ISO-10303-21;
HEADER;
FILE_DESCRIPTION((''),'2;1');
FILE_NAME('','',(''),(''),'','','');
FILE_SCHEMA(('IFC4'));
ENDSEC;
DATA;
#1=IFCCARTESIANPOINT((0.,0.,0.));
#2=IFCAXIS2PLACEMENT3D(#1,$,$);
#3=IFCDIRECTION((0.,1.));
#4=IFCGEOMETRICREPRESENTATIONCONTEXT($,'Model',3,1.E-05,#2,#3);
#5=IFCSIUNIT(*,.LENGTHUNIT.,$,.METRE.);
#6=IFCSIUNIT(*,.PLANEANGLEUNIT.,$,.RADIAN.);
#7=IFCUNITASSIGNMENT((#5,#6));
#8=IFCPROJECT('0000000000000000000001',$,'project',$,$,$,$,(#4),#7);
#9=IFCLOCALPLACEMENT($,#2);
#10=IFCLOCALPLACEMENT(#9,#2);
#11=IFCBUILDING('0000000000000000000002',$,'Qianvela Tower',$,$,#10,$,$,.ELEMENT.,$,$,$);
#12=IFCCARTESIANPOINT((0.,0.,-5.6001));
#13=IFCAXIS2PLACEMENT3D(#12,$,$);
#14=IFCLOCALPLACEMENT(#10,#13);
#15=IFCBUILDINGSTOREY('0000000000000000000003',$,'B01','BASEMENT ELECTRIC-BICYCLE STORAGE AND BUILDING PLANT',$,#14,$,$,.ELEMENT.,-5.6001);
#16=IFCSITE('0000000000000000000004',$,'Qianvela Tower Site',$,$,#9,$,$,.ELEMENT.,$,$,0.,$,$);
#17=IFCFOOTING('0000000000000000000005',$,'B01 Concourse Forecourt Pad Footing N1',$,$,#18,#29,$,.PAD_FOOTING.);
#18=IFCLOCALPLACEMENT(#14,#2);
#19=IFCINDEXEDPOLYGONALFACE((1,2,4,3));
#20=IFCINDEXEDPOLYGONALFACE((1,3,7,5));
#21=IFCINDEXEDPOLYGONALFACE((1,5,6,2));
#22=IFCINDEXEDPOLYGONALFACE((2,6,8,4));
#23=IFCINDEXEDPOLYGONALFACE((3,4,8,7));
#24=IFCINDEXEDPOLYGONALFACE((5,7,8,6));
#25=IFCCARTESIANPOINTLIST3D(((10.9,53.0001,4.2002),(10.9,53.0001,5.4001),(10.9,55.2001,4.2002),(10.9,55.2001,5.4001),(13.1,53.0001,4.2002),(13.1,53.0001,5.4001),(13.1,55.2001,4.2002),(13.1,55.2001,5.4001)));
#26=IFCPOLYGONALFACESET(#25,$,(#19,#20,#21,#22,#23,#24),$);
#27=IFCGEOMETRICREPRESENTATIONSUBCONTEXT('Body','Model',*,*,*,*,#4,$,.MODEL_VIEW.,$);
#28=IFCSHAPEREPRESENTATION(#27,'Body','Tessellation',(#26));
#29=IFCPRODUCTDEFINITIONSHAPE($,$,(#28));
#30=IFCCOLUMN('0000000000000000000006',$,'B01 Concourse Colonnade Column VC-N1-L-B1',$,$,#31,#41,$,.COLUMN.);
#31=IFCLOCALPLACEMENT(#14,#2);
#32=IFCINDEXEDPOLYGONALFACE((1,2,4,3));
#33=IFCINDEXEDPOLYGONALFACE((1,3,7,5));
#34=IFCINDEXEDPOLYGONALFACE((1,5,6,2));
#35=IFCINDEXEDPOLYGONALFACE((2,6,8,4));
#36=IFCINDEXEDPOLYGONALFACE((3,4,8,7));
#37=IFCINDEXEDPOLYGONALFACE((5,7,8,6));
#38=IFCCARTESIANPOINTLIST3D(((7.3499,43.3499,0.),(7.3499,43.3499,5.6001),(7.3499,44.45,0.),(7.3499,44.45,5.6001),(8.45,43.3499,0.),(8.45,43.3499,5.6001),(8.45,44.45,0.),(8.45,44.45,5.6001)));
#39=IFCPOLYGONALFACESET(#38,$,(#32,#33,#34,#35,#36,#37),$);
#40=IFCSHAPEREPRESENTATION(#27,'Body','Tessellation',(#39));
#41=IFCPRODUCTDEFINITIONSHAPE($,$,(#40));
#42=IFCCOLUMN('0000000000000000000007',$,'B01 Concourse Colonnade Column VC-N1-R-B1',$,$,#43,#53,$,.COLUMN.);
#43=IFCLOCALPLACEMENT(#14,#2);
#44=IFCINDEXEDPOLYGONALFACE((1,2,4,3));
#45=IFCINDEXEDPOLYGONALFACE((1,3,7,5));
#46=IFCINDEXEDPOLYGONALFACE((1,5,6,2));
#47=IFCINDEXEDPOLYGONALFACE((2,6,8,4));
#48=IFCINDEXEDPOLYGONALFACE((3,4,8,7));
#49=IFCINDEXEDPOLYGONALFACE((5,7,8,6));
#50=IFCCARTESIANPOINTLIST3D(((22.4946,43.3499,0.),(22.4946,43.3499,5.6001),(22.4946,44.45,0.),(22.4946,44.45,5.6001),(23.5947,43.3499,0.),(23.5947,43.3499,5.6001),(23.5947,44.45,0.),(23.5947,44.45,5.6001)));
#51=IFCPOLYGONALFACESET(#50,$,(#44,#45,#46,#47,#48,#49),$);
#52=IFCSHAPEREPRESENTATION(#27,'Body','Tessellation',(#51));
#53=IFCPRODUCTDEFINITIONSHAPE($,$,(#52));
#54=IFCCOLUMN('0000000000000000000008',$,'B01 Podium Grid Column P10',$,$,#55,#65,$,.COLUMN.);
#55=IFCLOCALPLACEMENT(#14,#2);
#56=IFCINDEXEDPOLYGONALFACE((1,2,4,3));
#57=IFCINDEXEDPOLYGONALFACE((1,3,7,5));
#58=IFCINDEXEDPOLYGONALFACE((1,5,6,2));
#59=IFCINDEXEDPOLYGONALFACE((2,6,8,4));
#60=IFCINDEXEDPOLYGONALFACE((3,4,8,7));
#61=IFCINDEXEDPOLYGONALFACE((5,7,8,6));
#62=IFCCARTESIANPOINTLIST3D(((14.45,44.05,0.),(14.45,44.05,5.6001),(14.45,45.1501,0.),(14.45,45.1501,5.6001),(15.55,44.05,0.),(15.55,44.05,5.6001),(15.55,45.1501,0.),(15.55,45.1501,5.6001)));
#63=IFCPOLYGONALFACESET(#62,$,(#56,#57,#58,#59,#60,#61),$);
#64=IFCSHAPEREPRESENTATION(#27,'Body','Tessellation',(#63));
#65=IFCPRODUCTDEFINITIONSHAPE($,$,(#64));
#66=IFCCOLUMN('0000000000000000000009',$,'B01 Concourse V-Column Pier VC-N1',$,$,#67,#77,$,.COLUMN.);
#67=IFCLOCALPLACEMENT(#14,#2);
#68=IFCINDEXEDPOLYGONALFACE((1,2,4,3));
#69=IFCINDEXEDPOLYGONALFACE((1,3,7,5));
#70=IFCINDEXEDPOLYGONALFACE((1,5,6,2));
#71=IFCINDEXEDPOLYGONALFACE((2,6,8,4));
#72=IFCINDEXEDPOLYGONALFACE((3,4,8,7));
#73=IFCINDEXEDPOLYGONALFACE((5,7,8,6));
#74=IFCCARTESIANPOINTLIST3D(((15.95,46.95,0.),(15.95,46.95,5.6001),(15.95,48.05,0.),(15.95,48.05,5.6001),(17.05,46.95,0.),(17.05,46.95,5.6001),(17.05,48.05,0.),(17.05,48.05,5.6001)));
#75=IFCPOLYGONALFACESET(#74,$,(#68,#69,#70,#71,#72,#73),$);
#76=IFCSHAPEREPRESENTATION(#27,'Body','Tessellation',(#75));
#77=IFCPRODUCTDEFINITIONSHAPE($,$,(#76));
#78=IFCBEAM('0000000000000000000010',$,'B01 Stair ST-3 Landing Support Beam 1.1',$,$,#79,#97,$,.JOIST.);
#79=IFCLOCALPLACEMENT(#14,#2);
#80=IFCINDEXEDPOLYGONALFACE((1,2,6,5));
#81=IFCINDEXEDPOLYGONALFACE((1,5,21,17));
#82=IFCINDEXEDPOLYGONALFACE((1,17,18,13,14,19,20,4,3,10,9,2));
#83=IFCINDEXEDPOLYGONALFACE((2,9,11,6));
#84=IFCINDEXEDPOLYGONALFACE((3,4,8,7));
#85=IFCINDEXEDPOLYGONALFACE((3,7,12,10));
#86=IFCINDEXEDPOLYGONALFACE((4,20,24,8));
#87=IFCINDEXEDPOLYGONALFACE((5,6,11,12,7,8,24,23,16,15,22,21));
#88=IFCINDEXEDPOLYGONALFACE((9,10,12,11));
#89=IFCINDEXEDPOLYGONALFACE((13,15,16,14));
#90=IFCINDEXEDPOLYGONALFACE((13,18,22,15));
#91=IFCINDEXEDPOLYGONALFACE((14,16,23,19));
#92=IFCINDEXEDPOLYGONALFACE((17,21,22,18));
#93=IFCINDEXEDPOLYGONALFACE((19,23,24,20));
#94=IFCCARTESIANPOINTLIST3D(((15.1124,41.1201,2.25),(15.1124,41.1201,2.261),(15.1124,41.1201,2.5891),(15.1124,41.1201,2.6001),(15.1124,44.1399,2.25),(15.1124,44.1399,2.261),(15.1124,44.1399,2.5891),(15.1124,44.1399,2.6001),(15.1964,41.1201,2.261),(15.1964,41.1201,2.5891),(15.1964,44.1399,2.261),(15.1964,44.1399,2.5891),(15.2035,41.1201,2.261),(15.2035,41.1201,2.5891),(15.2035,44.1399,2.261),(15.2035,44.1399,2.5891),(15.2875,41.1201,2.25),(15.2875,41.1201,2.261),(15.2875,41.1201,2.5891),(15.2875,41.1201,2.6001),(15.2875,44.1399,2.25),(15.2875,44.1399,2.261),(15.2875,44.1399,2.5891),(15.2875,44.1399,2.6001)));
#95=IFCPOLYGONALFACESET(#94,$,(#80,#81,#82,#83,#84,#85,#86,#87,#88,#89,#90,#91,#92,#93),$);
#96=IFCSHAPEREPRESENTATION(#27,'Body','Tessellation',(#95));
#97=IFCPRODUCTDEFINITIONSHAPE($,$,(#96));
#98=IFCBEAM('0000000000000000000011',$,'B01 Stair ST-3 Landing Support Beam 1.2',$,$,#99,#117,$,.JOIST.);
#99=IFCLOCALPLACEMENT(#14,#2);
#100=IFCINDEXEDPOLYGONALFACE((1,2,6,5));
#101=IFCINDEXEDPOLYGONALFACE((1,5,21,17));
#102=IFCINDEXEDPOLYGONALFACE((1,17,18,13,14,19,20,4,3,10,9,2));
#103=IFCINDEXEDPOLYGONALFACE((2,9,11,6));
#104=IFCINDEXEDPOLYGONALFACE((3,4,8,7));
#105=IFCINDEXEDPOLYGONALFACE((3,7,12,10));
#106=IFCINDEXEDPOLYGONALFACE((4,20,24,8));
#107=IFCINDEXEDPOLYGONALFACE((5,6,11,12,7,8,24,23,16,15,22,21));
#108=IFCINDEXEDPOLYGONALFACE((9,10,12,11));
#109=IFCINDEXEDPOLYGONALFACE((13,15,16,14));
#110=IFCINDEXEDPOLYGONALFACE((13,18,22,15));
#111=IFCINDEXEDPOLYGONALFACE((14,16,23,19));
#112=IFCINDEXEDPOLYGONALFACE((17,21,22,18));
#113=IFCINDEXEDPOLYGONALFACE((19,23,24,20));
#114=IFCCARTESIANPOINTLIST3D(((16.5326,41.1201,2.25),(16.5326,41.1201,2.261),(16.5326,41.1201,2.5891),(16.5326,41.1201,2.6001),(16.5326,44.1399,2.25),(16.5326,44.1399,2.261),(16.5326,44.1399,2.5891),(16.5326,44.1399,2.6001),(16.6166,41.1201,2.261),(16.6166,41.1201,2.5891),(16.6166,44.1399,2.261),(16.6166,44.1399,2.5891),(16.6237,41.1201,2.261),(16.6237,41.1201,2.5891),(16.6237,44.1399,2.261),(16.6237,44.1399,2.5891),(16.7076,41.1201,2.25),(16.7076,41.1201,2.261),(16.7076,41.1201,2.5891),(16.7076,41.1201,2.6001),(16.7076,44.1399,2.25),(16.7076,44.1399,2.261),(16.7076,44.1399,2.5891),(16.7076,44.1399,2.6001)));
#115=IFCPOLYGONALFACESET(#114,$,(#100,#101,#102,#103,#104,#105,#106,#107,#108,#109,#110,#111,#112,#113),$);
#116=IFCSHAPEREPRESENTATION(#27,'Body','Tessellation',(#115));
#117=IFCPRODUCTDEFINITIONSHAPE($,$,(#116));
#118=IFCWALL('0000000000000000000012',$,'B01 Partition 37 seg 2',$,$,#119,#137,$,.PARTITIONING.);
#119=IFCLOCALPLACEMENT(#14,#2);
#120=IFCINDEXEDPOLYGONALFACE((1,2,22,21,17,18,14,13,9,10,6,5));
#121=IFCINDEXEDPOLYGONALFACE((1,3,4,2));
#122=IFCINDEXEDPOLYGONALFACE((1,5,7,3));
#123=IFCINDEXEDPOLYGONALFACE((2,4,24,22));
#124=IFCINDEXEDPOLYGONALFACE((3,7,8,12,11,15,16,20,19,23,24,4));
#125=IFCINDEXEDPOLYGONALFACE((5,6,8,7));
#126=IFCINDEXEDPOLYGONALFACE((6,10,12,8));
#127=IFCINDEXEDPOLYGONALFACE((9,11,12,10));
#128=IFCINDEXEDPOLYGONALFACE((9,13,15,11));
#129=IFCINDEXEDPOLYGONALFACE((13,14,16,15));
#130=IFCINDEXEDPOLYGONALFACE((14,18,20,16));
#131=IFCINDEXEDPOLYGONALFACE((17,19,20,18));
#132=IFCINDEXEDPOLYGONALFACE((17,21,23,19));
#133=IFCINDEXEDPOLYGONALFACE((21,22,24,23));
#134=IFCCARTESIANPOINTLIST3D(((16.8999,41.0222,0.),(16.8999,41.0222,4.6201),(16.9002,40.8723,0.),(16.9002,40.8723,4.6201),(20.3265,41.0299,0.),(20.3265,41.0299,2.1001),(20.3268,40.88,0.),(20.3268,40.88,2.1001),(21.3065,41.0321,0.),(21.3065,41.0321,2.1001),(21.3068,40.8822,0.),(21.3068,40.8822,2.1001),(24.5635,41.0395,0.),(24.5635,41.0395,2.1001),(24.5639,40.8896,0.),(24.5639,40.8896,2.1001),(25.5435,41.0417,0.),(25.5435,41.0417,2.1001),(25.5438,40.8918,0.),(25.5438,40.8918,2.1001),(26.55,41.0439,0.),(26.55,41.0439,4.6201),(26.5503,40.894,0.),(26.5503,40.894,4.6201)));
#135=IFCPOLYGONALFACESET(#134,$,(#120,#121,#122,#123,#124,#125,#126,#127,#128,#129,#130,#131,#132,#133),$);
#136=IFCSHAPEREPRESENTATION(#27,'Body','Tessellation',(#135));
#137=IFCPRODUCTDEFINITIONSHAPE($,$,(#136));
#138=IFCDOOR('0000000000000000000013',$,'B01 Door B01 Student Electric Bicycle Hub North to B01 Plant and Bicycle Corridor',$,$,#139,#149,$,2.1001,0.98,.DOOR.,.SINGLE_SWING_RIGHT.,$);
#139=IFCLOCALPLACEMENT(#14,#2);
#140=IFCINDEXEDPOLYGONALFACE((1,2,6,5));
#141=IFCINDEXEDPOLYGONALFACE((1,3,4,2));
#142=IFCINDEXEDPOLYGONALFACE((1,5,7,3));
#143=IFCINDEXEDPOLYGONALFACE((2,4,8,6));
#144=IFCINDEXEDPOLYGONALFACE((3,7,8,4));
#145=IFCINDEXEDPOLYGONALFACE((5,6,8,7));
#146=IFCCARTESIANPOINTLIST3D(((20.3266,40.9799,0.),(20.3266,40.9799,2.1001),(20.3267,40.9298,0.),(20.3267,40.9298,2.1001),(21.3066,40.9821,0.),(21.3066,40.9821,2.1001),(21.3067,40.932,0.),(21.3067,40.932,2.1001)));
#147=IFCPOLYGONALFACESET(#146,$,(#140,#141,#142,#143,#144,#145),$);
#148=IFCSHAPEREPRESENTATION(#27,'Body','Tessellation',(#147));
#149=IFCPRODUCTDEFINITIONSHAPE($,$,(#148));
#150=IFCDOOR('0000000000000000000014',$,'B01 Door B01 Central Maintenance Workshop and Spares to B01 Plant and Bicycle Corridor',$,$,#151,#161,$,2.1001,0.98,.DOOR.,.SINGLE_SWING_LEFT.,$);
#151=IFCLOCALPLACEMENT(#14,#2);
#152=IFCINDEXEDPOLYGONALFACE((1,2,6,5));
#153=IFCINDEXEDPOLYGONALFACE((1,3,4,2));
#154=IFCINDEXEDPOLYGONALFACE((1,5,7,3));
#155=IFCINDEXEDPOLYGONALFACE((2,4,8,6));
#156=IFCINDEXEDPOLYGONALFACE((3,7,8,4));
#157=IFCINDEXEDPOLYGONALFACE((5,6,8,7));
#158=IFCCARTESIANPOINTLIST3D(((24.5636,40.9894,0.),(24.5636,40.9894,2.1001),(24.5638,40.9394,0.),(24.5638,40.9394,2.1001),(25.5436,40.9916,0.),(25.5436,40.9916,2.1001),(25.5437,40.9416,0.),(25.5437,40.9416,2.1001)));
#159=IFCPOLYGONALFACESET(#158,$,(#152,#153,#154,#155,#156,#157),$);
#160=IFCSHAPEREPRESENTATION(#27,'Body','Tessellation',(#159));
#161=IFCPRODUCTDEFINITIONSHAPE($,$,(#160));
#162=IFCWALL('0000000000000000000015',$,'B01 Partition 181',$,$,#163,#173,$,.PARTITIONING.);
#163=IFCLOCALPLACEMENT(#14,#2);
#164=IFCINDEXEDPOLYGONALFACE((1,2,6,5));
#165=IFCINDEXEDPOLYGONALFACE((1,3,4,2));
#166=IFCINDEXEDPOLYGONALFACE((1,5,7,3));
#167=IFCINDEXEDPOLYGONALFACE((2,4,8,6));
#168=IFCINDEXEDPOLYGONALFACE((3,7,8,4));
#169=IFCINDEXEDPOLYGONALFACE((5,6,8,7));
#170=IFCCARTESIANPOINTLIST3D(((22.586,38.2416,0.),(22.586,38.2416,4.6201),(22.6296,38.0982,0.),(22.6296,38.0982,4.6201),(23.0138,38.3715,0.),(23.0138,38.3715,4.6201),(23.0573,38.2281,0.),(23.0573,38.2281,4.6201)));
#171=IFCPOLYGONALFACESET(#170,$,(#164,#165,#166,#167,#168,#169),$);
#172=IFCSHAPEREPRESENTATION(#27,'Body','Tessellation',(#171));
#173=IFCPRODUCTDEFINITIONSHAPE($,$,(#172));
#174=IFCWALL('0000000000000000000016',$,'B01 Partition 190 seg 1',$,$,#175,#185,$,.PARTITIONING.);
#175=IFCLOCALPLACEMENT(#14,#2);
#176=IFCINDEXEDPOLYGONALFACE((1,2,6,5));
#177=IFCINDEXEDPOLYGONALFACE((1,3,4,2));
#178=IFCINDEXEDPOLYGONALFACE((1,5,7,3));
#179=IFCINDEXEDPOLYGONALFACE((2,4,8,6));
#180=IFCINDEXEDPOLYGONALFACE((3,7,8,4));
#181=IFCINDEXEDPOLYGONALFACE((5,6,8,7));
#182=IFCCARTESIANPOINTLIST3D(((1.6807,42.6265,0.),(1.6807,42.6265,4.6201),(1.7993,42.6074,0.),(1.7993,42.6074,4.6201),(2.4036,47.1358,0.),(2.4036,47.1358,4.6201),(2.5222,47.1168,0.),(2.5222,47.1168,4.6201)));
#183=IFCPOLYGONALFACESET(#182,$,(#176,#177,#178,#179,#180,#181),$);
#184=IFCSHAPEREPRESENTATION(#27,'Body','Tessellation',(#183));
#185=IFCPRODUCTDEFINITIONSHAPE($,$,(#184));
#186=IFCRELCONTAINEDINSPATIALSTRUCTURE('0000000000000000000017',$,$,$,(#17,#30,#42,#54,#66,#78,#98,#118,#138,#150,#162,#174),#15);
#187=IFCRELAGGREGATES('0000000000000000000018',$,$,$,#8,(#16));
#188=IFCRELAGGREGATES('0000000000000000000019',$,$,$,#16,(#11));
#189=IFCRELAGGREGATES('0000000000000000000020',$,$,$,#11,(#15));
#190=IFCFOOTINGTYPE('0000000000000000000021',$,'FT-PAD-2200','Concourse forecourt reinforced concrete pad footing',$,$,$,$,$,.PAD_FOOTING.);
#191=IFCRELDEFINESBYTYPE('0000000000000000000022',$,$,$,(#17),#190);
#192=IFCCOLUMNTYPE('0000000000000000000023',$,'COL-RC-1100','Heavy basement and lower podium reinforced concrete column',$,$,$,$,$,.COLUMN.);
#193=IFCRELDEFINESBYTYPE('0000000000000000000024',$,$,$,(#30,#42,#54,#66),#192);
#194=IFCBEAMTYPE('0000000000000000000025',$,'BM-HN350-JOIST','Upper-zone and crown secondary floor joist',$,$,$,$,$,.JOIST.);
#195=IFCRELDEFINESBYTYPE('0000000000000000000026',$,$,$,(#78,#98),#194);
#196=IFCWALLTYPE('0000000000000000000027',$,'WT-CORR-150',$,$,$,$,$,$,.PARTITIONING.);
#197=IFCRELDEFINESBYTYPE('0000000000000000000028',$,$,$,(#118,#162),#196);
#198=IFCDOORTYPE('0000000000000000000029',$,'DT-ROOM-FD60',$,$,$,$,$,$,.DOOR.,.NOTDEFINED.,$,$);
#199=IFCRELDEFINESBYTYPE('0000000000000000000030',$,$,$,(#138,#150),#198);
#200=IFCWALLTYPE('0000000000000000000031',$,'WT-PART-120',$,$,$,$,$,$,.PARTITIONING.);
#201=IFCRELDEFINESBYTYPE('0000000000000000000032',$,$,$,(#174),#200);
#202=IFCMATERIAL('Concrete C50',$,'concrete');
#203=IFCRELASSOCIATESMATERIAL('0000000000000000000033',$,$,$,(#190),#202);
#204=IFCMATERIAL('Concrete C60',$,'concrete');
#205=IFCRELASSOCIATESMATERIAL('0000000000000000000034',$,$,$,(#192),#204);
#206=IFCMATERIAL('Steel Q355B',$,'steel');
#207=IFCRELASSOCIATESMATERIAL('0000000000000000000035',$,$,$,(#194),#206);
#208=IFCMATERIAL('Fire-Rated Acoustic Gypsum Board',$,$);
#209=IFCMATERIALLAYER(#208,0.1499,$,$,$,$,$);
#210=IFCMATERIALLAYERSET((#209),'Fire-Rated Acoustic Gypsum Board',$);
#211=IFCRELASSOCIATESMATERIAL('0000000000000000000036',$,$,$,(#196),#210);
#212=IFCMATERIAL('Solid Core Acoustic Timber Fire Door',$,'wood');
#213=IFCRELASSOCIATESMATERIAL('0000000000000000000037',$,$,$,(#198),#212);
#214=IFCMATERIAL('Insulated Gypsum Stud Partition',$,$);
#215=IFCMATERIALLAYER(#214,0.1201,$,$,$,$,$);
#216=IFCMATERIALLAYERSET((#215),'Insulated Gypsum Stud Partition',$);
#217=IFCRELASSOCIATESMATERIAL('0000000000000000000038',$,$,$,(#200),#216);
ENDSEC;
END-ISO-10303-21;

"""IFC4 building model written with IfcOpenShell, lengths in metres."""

from ifc_helpers import new_model, si_unit, direction, frame, frame_2d, origin, origin_2d, place, context, subcontext, project, spatial, rectangle, i_section, extrude, material, layer, layer_set, material_profile, profile_set, type_object, element, fill, save


model = new_model("IFC4")

# Units and contexts
model_context = context("Model", 3, precision=1e-05, world=origin(), true_north=direction((0.0, 1.0)))
body_context = subcontext(model_context, "Body", "Model", "MODEL_VIEW")
ifc_project = project(units=[si_unit("LENGTHUNIT", "METRE"), si_unit("PLANEANGLEUNIT", "RADIAN")], contexts=[model_context])

# Site, building, storey
site_placement = place(None, origin())
site = spatial("IfcSite", under=ifc_project, at=site_placement, Name="Qianvela Tower Site", CompositionType="ELEMENT", RefElevation=0.0)
building_placement = place(site_placement, origin())
building = spatial("IfcBuilding", under=site, at=building_placement, Name="Qianvela Tower", CompositionType="ELEMENT")
storey_placement = place(building_placement, frame((0.0, 0.0, -5.6001)))
storey = spatial("IfcBuildingStorey", under=building, at=storey_placement, Name="B01", Description="BASEMENT ELECTRIC-BICYCLE STORAGE AND BUILDING PLANT", CompositionType="ELEMENT", Elevation=-5.6001)

# Footing
ifc_material_1 = material(Name="Concrete C50", Category="concrete")
footing_type = type_object("IfcFootingType", Name="FT-PAD-2200", Description="Concourse forecourt reinforced concrete pad footing", PredefinedType="PAD_FOOTING", material=ifc_material_1)
footing_placement = place(storey_placement, frame((12.0, 54.1001, 4.2002), z_axis=(0.0, 0.0, 1.0), x_axis=(1.0, 0.0, 0.0)))
element("IfcFooting", 1, at=footing_placement, inside=storey, type_object=footing_type, Name="B01 Concourse Forecourt Pad Footing N1", PredefinedType="PAD_FOOTING", context=body_context, shape_type="SweptSolid", body=[
    extrude(rectangle(XDim=2.2, YDim=2.2, at=origin_2d()), origin(), (0.0, 0.0, 1.0), 1.2),
])

# Columns
ifc_material_2 = material(Name="Concrete C60", Category="concrete")
ifc_material_profile_1 = material_profile(ifc_material_2, rectangle(XDim=1.1001, YDim=1.1001, at=origin_2d()), Name="RC-COL-1100x1100")
ifc_profile_set_1 = profile_set([ifc_material_profile_1], Name="Concrete C60")
column_type = type_object("IfcColumnType", Name="COL-RC-1100", Description="Heavy basement and lower podium reinforced concrete column", PredefinedType="COLUMN", material=ifc_profile_set_1)
for number, where, z_axis, x_axis, name in (
    (2, (7.8999, 43.8999, 0.0), (0.0, 0.0, 1.0), (1.0, 0.0, 0.0), "B01 Concourse Colonnade Column VC-N1-L-B1"),
    (3, (23.0447, 43.8999, 0.0), (0.0, 0.0, 1.0), (1.0, 0.0, 0.0), "B01 Concourse Colonnade Column VC-N1-R-B1"),
    (4, (15.0, 44.6001, 0.0), (0.0, 0.0, 1.0), (1.0, 0.0, 0.0), "B01 Podium Grid Column P10"),
    (5, (16.5, 47.5, 0.0), (0.0, 0.0, 1.0), (1.0, 0.0, 0.0), "B01 Concourse V-Column Pier VC-N1"),
):
    element("IfcColumn", number, at=place(storey_placement, frame(where, z_axis=z_axis, x_axis=x_axis)), inside=storey, type_object=column_type, Name=name, PredefinedType="COLUMN", context=body_context, shape_type="SweptSolid", body=[
        extrude(rectangle(XDim=1.1001, YDim=1.1001, at=origin_2d()), origin(), (0.0, 0.0, 1.0), 5.6001),
    ])

# Beams
ifc_material_3 = material(Name="Steel Q355B", Category="steel")
ifc_material_profile_2 = material_profile(ifc_material_3, i_section(OverallWidth=0.175, OverallDepth=0.3501, WebThickness=0.0071, FlangeThickness=0.011, at=origin_2d()), Name="HN350x175x7x11")
ifc_profile_set_2 = profile_set([ifc_material_profile_2], Name="Steel Q355B")
beam_type = type_object("IfcBeamType", Name="BM-HN350-JOIST", Description="Upper-zone and crown secondary floor joist", PredefinedType="JOIST", material=ifc_profile_set_2)
for number, where, z_axis, x_axis, name in (
    (6, (15.2, 41.1201, 2.425), (0.0, 1.0, 0.0), (-1.0, 0.0, 0.0), "B01 Stair ST-3 Landing Support Beam 1.1"),
    (7, (16.6201, 41.1201, 2.425), (0.0, 1.0, 0.0), (-1.0, 0.0, 0.0), "B01 Stair ST-3 Landing Support Beam 1.2"),
):
    element("IfcBeam", number, at=place(storey_placement, frame(where, z_axis=z_axis, x_axis=x_axis)), inside=storey, type_object=beam_type, Name=name, PredefinedType="JOIST", context=body_context, shape_type="SweptSolid", body=[
        extrude(i_section(OverallWidth=0.175, OverallDepth=0.3501, WebThickness=0.0071, FlangeThickness=0.011, at=origin_2d()), origin(), (0.0, 0.0, 1.0), 3.0198),
    ])

# Wall, openings, doors
ifc_material_4 = material(Name="Fire-Rated Acoustic Gypsum Board")
ifc_layer_1 = layer(ifc_material_4, 0.1499)
ifc_layer_set_1 = layer_set([ifc_layer_1], Name="Fire-Rated Acoustic Gypsum Board")
wall_type_1 = type_object("IfcWallType", Name="WT-CORR-150", PredefinedType="PARTITIONING", material=ifc_layer_set_1)
wall_1_placement = place(storey_placement, frame((16.8999, 40.9473, 0.0), z_axis=(0.0, 0.0, 1.0), x_axis=(0.999997, 0.002252, 0.0)))
wall_1 = element("IfcWall", 8, at=wall_1_placement, inside=storey, type_object=wall_type_1, Name="B01 Partition 37 seg 2", PredefinedType="PARTITIONING", context=body_context, shape_type="SweptSolid", body=[
    extrude(rectangle(XDim=9.6501, YDim=0.1499, at=frame_2d((4.8252, 0.0))), origin(), (0.0, 0.0, 1.0), 4.6201),
])
opening_1_placement = place(wall_1_placement, frame((3.4268, 0.0, 0.0)))
opening_1 = element("IfcOpeningElement", 9, at=opening_1_placement, cuts=wall_1, PredefinedType="OPENING", context=body_context, shape_type="SweptSolid", body=[
    extrude(rectangle(XDim=0.98, YDim=2.1001, at=frame_2d((0.49, 1.05))), frame((0.0, 0.085, 0.0), z_axis=(0.0, -1.0, 0.0), x_axis=(1.0, 0.0, 0.0)), (0.0, 0.0, 1.0), 0.1699),
])
opening_2_placement = place(wall_1_placement, frame((7.6638, 0.0, 0.0)))
opening_2 = element("IfcOpeningElement", 10, at=opening_2_placement, cuts=wall_1, PredefinedType="OPENING", context=body_context, shape_type="SweptSolid", body=[
    extrude(rectangle(XDim=0.98, YDim=2.1001, at=frame_2d((0.49, 1.05))), frame((0.0, 0.085, 0.0), z_axis=(0.0, -1.0, 0.0), x_axis=(1.0, 0.0, 0.0)), (0.0, 0.0, 1.0), 0.1699),
])
ifc_material_5 = material(Name="Solid Core Acoustic Timber Fire Door", Category="wood")
door_type_1 = type_object("IfcDoorType", Name="DT-ROOM-FD60", OperationType="NOTDEFINED", PredefinedType="DOOR", material=ifc_material_5)
door_1_placement = place(opening_1_placement, origin())
door_1 = element("IfcDoor", 11, at=door_1_placement, inside=storey, type_object=door_type_1, Name="B01 Door B01 Student Electric Bicycle Hub North to B01 Plant and Bicycle Corridor", OperationType="SINGLE_SWING_RIGHT", OverallHeight=2.1001, OverallWidth=0.98, PredefinedType="DOOR", context=body_context, shape_type="SweptSolid", body=[
    extrude(rectangle(XDim=0.98, YDim=2.1001, at=frame_2d((0.49, 1.05))), frame((0.0, 0.0249, 0.0), z_axis=(0.0, -1.0, 0.0), x_axis=(1.0, 0.0, 0.0)), (0.0, 0.0, 1.0), 0.05),
])
fill(opening_1, door_1)
door_2_placement = place(opening_2_placement, origin())
door_2 = element("IfcDoor", 12, at=door_2_placement, inside=storey, type_object=door_type_1, Name="B01 Door B01 Central Maintenance Workshop and Spares to B01 Plant and Bicycle Corridor", OperationType="SINGLE_SWING_LEFT", OverallHeight=2.1001, OverallWidth=0.98, PredefinedType="DOOR", context=body_context, shape_type="SweptSolid", body=[
    extrude(rectangle(XDim=0.98, YDim=2.1001, at=frame_2d((0.49, 1.05))), frame((0.0, 0.0249, 0.0), z_axis=(0.0, -1.0, 0.0), x_axis=(1.0, 0.0, 0.0)), (0.0, 0.0, 1.0), 0.05),
])
fill(opening_2, door_2)

# Walls
wall_2_placement = place(storey_placement, frame((23.0356, 38.2998, 0.0), z_axis=(0.0, 0.0, 1.0), x_axis=(-0.956859, -0.290553, 0.0)))
element("IfcWall", 13, at=wall_2_placement, inside=storey, type_object=wall_type_1, Name="B01 Partition 181", PredefinedType="PARTITIONING", context=body_context, shape_type="SweptSolid", body=[
    extrude(rectangle(XDim=0.447, YDim=0.1499, at=frame_2d((0.2236, 0.0))), origin(), (0.0, 0.0, 1.0), 4.6201),
])
ifc_material_6 = material(Name="Insulated Gypsum Stud Partition")
ifc_layer_2 = layer(ifc_material_6, 0.1201)
ifc_layer_set_2 = layer_set([ifc_layer_2], Name="Insulated Gypsum Stud Partition")
wall_type_2 = type_object("IfcWallType", Name="WT-PART-120", PredefinedType="PARTITIONING", material=ifc_layer_set_2)
wall_3_placement = place(storey_placement, frame((1.74, 42.6169, 0.0), z_axis=(0.0, 0.0, 1.0), x_axis=(0.158293, 0.987392, 0.0)))
element("IfcWall", 14, at=wall_3_placement, inside=storey, type_object=wall_type_2, Name="B01 Partition 190 seg 1", PredefinedType="PARTITIONING", context=body_context, shape_type="SweptSolid", body=[
    extrude(rectangle(XDim=4.5669, YDim=0.1201, at=frame_2d((2.2834, 0.0))), origin(), (0.0, 0.0, 1.0), 4.6201),
])

save(model, "model.ifc")
